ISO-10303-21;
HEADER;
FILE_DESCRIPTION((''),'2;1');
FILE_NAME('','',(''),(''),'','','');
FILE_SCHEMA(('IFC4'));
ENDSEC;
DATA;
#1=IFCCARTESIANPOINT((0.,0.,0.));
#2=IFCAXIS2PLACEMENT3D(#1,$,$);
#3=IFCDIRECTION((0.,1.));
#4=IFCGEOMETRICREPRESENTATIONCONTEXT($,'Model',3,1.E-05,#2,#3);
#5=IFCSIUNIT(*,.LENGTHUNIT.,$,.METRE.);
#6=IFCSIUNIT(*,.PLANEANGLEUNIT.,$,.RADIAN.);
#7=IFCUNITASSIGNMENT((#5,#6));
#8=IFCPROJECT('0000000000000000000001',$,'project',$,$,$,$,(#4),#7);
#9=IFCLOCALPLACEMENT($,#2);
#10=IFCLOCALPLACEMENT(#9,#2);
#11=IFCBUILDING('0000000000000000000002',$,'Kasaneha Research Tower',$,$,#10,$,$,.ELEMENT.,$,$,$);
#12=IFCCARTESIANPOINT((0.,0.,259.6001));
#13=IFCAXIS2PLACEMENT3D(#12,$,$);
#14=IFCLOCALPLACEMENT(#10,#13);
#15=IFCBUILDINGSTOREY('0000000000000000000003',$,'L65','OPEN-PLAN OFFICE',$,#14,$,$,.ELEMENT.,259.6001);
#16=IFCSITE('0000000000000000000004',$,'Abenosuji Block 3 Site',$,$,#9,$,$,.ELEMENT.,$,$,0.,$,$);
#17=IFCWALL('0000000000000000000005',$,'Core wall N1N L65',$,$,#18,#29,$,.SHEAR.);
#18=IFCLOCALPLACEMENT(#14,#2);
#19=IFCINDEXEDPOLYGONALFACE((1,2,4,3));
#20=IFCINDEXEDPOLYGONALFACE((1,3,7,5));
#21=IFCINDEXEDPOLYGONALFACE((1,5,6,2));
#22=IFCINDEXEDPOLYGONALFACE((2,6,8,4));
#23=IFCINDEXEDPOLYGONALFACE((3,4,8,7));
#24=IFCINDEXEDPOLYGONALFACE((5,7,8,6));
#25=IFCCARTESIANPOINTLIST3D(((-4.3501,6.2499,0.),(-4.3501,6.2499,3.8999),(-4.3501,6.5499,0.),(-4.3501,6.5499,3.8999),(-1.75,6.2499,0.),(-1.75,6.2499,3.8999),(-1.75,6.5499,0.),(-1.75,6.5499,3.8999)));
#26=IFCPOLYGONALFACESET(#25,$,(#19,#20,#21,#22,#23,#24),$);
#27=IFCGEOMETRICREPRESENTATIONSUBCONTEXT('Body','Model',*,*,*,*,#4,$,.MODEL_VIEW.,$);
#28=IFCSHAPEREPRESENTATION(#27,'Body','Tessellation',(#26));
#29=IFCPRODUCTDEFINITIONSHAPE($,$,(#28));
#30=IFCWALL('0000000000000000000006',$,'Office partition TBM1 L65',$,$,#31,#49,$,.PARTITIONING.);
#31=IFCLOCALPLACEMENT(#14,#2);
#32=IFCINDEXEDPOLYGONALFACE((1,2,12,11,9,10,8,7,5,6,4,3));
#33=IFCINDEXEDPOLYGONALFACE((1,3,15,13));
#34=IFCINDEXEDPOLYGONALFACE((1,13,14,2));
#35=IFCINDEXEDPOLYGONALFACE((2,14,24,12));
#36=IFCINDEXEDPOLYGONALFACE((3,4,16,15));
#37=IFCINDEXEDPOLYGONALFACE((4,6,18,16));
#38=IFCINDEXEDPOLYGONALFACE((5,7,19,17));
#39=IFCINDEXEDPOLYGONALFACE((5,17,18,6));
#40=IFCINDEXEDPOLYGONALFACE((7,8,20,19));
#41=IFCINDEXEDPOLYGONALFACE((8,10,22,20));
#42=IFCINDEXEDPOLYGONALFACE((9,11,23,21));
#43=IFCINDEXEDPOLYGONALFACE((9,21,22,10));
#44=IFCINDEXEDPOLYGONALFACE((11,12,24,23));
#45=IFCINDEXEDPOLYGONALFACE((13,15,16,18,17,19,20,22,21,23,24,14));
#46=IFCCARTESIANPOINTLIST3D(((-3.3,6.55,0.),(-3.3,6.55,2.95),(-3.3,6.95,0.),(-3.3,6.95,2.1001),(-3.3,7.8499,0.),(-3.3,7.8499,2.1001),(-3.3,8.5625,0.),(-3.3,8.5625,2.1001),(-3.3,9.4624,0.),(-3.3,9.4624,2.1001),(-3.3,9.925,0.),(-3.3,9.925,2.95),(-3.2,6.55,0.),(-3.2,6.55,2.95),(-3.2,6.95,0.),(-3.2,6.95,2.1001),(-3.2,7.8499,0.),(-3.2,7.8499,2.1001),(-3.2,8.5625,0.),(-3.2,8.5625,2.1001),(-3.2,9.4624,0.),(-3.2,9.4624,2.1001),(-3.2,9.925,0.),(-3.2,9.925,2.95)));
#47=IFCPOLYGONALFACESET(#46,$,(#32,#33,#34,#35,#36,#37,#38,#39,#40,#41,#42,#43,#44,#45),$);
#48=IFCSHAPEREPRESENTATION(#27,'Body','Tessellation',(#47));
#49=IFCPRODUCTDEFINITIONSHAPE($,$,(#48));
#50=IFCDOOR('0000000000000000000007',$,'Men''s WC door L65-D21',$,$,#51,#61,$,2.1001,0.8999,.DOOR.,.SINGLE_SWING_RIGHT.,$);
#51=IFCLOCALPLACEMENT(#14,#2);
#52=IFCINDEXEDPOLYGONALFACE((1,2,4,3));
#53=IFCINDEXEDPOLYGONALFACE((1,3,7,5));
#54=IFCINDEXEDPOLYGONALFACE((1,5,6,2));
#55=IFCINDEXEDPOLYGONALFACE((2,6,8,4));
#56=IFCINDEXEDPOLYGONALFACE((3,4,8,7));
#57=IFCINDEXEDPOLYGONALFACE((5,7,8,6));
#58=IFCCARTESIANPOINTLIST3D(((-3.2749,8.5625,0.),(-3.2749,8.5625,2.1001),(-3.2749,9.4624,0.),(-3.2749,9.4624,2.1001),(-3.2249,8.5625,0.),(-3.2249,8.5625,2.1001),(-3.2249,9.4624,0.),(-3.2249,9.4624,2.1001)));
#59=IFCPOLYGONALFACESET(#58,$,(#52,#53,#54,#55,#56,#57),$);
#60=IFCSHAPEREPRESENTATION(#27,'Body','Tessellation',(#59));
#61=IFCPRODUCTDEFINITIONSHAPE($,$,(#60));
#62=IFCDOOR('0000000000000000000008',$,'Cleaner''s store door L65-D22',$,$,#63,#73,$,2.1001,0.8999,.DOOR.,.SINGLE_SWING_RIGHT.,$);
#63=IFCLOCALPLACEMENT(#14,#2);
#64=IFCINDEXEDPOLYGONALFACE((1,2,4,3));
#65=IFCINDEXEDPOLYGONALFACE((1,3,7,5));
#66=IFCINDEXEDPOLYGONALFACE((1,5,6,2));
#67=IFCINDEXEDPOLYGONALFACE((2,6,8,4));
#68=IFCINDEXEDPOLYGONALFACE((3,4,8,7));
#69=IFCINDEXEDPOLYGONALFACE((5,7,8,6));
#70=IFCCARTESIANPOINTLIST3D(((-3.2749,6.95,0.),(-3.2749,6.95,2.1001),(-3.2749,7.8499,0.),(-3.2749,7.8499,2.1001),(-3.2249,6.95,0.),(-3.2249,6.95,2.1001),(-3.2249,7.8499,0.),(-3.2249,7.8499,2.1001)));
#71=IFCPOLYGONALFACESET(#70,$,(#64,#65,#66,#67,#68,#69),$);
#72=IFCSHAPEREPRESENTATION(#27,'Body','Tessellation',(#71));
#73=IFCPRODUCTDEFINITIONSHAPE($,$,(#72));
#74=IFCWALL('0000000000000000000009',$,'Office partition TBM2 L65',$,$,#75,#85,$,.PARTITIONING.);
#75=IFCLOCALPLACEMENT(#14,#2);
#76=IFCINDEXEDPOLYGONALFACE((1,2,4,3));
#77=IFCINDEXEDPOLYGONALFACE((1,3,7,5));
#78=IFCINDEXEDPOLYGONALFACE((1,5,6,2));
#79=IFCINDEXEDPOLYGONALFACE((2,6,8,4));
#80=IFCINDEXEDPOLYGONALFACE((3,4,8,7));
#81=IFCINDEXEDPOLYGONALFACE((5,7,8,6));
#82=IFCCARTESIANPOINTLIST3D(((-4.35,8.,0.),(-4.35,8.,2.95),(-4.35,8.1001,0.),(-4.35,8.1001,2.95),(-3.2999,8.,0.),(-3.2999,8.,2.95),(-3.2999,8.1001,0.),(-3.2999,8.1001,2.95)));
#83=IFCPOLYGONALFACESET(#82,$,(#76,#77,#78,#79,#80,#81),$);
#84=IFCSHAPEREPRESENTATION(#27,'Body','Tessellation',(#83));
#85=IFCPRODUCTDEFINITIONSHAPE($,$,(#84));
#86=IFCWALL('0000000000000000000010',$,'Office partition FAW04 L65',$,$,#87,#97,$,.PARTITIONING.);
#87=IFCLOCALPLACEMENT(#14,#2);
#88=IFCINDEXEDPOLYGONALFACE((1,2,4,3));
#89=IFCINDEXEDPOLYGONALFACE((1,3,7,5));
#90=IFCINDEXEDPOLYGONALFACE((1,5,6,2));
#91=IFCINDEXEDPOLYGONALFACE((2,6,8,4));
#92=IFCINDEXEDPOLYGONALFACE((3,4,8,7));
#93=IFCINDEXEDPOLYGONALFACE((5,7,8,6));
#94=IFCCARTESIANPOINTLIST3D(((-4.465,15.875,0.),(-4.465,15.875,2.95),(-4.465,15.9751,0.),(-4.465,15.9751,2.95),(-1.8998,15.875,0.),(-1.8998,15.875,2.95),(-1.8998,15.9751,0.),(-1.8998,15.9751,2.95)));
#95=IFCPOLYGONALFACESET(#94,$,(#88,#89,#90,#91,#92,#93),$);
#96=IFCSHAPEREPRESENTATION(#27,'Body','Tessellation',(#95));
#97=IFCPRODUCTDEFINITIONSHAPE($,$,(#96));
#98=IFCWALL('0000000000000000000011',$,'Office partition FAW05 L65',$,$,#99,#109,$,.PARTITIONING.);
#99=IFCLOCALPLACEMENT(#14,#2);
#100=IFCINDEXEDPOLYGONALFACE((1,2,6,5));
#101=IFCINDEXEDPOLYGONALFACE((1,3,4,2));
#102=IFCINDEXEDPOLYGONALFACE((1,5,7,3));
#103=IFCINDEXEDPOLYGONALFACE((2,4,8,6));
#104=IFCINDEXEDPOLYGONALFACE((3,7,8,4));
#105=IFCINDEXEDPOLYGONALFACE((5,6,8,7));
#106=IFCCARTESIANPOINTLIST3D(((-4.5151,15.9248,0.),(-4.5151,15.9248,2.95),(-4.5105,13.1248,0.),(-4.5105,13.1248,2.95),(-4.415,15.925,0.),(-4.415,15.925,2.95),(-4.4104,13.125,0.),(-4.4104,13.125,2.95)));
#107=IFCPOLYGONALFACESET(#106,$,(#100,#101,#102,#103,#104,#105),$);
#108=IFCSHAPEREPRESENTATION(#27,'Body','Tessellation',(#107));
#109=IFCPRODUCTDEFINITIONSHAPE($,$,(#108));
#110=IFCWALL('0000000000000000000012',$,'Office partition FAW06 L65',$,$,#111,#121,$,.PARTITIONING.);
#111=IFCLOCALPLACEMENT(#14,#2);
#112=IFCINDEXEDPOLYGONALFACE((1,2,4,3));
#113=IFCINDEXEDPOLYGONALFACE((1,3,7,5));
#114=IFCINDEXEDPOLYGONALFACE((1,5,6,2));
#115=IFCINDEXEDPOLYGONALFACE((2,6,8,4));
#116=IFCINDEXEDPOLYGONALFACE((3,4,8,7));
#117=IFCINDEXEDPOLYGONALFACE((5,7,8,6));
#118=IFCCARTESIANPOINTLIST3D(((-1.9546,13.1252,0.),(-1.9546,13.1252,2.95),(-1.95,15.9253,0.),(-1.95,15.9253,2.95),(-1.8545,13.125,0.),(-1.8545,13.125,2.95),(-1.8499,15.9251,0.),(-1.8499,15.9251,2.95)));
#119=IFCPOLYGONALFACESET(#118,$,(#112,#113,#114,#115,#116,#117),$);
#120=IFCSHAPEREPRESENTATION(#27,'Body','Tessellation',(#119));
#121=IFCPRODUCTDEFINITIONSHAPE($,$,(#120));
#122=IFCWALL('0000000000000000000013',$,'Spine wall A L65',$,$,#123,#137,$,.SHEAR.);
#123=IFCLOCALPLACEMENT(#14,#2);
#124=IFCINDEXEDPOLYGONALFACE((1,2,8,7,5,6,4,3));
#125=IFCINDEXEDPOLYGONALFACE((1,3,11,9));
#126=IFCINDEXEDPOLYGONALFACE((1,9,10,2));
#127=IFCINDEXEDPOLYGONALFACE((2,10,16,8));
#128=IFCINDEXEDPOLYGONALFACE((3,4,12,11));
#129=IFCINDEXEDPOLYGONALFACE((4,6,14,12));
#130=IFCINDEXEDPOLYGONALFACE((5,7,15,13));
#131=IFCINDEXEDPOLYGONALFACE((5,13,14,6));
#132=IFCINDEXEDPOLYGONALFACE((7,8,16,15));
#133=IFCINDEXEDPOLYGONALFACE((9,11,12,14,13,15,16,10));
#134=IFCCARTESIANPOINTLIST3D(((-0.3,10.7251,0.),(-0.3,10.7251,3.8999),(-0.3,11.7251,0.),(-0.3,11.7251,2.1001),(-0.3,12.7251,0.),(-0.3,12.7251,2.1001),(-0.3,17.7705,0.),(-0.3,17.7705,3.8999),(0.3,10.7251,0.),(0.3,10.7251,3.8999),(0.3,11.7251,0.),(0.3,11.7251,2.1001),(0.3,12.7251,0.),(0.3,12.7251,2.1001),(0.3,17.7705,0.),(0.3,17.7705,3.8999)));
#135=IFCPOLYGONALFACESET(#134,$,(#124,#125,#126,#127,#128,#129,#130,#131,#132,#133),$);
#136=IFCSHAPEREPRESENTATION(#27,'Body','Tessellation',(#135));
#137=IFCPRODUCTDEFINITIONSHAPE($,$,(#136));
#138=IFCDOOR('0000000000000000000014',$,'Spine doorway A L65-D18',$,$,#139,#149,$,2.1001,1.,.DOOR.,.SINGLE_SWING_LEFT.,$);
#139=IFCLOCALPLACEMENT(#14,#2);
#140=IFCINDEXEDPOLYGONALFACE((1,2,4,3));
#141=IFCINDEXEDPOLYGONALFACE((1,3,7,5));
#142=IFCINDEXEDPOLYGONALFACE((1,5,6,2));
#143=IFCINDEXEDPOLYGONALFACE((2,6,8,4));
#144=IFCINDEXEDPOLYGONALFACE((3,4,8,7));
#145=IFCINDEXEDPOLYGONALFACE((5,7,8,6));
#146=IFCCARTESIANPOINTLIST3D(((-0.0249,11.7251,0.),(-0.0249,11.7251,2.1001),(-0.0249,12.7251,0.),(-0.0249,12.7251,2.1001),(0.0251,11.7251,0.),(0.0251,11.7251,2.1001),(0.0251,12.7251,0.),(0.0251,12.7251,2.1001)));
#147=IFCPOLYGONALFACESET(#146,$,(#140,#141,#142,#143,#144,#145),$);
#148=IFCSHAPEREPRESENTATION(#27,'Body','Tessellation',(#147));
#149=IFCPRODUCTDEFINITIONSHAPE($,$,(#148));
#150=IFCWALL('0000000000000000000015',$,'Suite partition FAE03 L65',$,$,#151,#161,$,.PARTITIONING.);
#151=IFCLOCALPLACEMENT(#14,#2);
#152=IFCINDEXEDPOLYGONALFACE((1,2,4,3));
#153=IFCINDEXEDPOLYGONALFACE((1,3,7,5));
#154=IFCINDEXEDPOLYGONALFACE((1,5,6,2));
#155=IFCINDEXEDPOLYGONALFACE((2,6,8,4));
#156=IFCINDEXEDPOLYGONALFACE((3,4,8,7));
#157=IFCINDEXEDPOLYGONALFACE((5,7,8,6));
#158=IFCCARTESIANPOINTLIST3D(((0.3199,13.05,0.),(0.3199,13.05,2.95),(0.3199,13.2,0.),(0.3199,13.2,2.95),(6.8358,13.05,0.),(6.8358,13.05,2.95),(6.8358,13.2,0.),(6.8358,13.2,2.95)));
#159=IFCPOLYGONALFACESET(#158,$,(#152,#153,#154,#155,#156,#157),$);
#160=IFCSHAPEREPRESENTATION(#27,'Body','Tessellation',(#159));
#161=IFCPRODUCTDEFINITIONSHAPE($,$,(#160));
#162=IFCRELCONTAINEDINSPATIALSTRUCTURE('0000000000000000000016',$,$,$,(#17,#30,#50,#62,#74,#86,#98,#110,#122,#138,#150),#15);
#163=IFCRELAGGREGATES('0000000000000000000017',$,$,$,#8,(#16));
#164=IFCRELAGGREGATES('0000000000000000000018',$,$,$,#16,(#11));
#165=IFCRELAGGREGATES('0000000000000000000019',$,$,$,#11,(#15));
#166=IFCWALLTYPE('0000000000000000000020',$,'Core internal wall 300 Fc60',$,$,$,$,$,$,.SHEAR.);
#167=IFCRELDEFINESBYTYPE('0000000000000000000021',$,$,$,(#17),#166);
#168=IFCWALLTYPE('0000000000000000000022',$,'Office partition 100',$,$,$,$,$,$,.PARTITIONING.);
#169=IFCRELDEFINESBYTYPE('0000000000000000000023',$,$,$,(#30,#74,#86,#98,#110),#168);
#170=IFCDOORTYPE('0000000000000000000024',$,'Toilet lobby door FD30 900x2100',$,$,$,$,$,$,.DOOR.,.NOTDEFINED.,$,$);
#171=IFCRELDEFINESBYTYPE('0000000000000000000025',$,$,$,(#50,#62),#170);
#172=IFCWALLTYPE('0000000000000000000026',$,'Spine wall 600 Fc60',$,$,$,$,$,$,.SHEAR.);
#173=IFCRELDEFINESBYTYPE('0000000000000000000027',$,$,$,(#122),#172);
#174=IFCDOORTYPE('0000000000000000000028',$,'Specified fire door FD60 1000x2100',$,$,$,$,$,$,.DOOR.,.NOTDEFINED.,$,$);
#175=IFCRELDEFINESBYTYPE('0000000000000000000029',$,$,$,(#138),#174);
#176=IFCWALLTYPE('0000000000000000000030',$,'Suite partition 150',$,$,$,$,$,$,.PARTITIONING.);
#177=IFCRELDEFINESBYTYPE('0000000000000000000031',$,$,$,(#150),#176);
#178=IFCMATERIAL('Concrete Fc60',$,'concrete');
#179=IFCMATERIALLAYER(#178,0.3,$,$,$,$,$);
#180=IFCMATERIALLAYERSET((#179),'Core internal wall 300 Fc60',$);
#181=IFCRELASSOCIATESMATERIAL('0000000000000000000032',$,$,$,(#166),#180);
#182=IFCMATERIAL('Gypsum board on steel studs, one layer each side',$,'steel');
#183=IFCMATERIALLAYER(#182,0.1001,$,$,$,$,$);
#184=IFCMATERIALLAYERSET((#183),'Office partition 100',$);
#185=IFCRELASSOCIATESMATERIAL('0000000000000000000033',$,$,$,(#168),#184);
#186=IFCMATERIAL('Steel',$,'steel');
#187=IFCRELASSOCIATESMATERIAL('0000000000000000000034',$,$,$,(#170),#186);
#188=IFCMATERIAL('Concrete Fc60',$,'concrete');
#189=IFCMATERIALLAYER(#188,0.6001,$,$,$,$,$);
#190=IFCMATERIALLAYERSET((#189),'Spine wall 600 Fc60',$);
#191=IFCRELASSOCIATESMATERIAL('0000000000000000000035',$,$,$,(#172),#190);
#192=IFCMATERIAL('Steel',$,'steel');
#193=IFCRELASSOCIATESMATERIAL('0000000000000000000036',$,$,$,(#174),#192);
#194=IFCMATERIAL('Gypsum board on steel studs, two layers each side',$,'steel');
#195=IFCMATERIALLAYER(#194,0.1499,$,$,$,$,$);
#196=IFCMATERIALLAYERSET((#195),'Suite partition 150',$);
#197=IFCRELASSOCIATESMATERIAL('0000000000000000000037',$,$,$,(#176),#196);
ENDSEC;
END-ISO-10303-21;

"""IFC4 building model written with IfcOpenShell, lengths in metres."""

from ifc_helpers import new_model, si_unit, direction, frame, frame_2d, origin, place, context, subcontext, project, spatial, rectangle, extrude, material, layer, layer_set, type_object, element, fill, save


model = new_model("IFC4")

# Units and contexts
model_context = context("Model", 3, precision=1e-05, world=origin(), true_north=direction((0.0, 1.0)))
body_context = subcontext(model_context, "Body", "Model", "MODEL_VIEW")
ifc_project = project(units=[si_unit("LENGTHUNIT", "METRE"), si_unit("PLANEANGLEUNIT", "RADIAN")], contexts=[model_context])

# Site, building, storey
site_placement = place(None, origin())
site = spatial("IfcSite", under=ifc_project, at=site_placement, Name="Abenosuji Block 3 Site", CompositionType="ELEMENT", RefElevation=0.0)
building_placement = place(site_placement, origin())
building = spatial("IfcBuilding", under=site, at=building_placement, Name="Kasaneha Research Tower", CompositionType="ELEMENT")
storey_placement = place(building_placement, frame((0.0, 0.0, 259.6001)))
storey = spatial("IfcBuildingStorey", under=building, at=storey_placement, Name="L65", Description="OPEN-PLAN OFFICE", CompositionType="ELEMENT", Elevation=259.6001)

# Shared definitions
ifc_material_1 = material(Name="Concrete Fc60", Category="concrete")
ifc_layer_1 = layer(ifc_material_1, 0.3)
ifc_layer_set_1 = layer_set([ifc_layer_1], Name="Core internal wall 300 Fc60")
wall_type_1 = type_object("IfcWallType", Name="Core internal wall 300 Fc60", PredefinedType="SHEAR", material=ifc_layer_set_1)

# Wall
wall_1_placement = place(storey_placement, frame((-4.3501, 6.3999, 0.0), z_axis=(0.0, 0.0, 1.0), x_axis=(1.0, 0.0, 0.0)))
element("IfcWall", 1, at=wall_1_placement, inside=storey, type_object=wall_type_1, Name="Core wall N1N L65", PredefinedType="SHEAR", context=body_context, shape_type="SweptSolid", body=[
    extrude(rectangle(XDim=2.6001, YDim=0.3, at=frame_2d((1.3, 0.0))), origin(), (0.0, 0.0, 1.0), 3.8999),
])

# Wall, openings, doors
ifc_material_2 = material(Name="Gypsum board on steel studs, one layer each side", Category="steel")
ifc_layer_2 = layer(ifc_material_2, 0.1001)
ifc_layer_set_2 = layer_set([ifc_layer_2], Name="Office partition 100")
wall_type_2 = type_object("IfcWallType", Name="Office partition 100", PredefinedType="PARTITIONING", material=ifc_layer_set_2)
wall_2_placement = place(storey_placement, frame((-3.25, 6.55, 0.0), z_axis=(0.0, 0.0, 1.0), x_axis=(0.0, 1.0, 0.0)))
wall_2 = element("IfcWall", 2, at=wall_2_placement, inside=storey, type_object=wall_type_2, Name="Office partition TBM1 L65", PredefinedType="PARTITIONING", context=body_context, shape_type="SweptSolid", body=[
    extrude(rectangle(XDim=3.375, YDim=0.1001, at=frame_2d((1.6875, 0.0))), origin(), (0.0, 0.0, 1.0), 2.95),
])
opening_1_placement = place(wall_2_placement, frame((2.0125, 0.0, 0.0)))
opening_1 = element("IfcOpeningElement", 3, at=opening_1_placement, cuts=wall_2, PredefinedType="OPENING", context=body_context, shape_type="SweptSolid", body=[
    extrude(rectangle(XDim=0.8999, YDim=2.1001, at=frame_2d((0.45, 1.05))), frame((0.0, 0.0601, 0.0), z_axis=(0.0, -1.0, 0.0), x_axis=(1.0, 0.0, 0.0)), (0.0, 0.0, 1.0), 0.1201),
])
opening_2_placement = place(wall_2_placement, frame((0.3999, 0.0, 0.0)))
opening_2 = element("IfcOpeningElement", 4, at=opening_2_placement, cuts=wall_2, PredefinedType="OPENING", context=body_context, shape_type="SweptSolid", body=[
    extrude(rectangle(XDim=0.8999, YDim=2.1001, at=frame_2d((0.45, 1.05))), frame((0.0, 0.0601, 0.0), z_axis=(0.0, -1.0, 0.0), x_axis=(1.0, 0.0, 0.0)), (0.0, 0.0, 1.0), 0.1201),
])
ifc_material_3 = material(Name="Steel", Category="steel")
door_type_1 = type_object("IfcDoorType", Name="Toilet lobby door FD30 900x2100", OperationType="NOTDEFINED", PredefinedType="DOOR", material=ifc_material_3)
door_1_placement = place(opening_1_placement, origin())
door_1 = element("IfcDoor", 5, at=door_1_placement, inside=storey, type_object=door_type_1, Name="Men's WC door L65-D21", OperationType="SINGLE_SWING_RIGHT", OverallHeight=2.1001, OverallWidth=0.8999, PredefinedType="DOOR", context=body_context, shape_type="SweptSolid", body=[
    extrude(rectangle(XDim=0.8999, YDim=2.1001, at=frame_2d((0.45, 1.05))), frame((0.0, 0.0249, 0.0), z_axis=(0.0, -1.0, 0.0), x_axis=(1.0, 0.0, 0.0)), (0.0, 0.0, 1.0), 0.05),
])
fill(opening_1, door_1)
door_2_placement = place(opening_2_placement, origin())
door_2 = element("IfcDoor", 6, at=door_2_placement, inside=storey, type_object=door_type_1, Name="Cleaner's store door L65-D22", OperationType="SINGLE_SWING_RIGHT", OverallHeight=2.1001, OverallWidth=0.8999, PredefinedType="DOOR", context=body_context, shape_type="SweptSolid", body=[
    extrude(rectangle(XDim=0.8999, YDim=2.1001, at=frame_2d((0.45, 1.05))), frame((0.0, 0.0249, 0.0), z_axis=(0.0, -1.0, 0.0), x_axis=(1.0, 0.0, 0.0)), (0.0, 0.0, 1.0), 0.05),
])
fill(opening_2, door_2)

# Walls
wall_3_placement = place(storey_placement, frame((-3.3, 8.05, 0.0), z_axis=(0.0, 0.0, 1.0), x_axis=(-1.0, 0.0, 0.0)))
element("IfcWall", 7, at=wall_3_placement, inside=storey, type_object=wall_type_2, Name="Office partition TBM2 L65", PredefinedType="PARTITIONING", context=body_context, shape_type="SweptSolid", body=[
    extrude(rectangle(XDim=1.05, YDim=0.1001, at=frame_2d((0.5249, 0.0))), origin(), (0.0, 0.0, 1.0), 2.95),
])
wall_4_placement = place(storey_placement, frame((-4.4651, 15.925, 0.0), z_axis=(0.0, 0.0, 1.0), x_axis=(1.0, 0.0, 0.0)))
element("IfcWall", 8, at=wall_4_placement, inside=storey, type_object=wall_type_2, Name="Office partition FAW04 L65", PredefinedType="PARTITIONING", context=body_context, shape_type="SweptSolid", body=[
    extrude(rectangle(XDim=2.5652, YDim=0.1001, at=frame_2d((1.2827, 0.0))), origin(), (0.0, 0.0, 1.0), 2.95),
])
for number, where, z_axis, x_axis, name in (
    (9, (-4.4604, 13.125, 0.0), (0.0, 0.0, 1.0), (-0.001657, 0.999999, 0.0), "Office partition FAW05 L65"),
    (10, (-1.8999, 15.925, 0.0), (0.0, 0.0, 1.0), (-0.001657, -0.999999, 0.0), "Office partition FAW06 L65"),
):
    element("IfcWall", number, at=place(storey_placement, frame(where, z_axis=z_axis, x_axis=x_axis)), inside=storey, type_object=wall_type_2, Name=name, PredefinedType="PARTITIONING", context=body_context, shape_type="SweptSolid", body=[
        extrude(rectangle(XDim=2.8, YDim=0.1001, at=frame_2d((1.3999, 0.0))), origin(), (0.0, 0.0, 1.0), 2.95),
    ])

# Wall, opening, door
ifc_material_4 = material(Name="Concrete Fc60", Category="concrete")
ifc_layer_3 = layer(ifc_material_4, 0.6001)
ifc_layer_set_3 = layer_set([ifc_layer_3], Name="Spine wall 600 Fc60")
wall_type_3 = type_object("IfcWallType", Name="Spine wall 600 Fc60", PredefinedType="SHEAR", material=ifc_layer_set_3)
wall_5_placement = place(storey_placement, frame((0.0, 10.7251, 0.0), z_axis=(0.0, 0.0, 1.0), x_axis=(0.0, 1.0, 0.0)))
wall_5 = element("IfcWall", 11, at=wall_5_placement, inside=storey, type_object=wall_type_3, Name="Spine wall A L65", PredefinedType="SHEAR", context=body_context, shape_type="SweptSolid", body=[
    extrude(rectangle(XDim=7.0454, YDim=0.6001, at=frame_2d((3.5227, 0.0))), origin(), (0.0, 0.0, 1.0), 3.8999),
])
opening_3_placement = place(wall_5_placement, frame((1.0, 0.0, 0.0)))
opening_3 = element("IfcOpeningElement", 12, at=opening_3_placement, cuts=wall_5, PredefinedType="OPENING", context=body_context, shape_type="SweptSolid", body=[
    extrude(rectangle(XDim=1.0, YDim=2.1001, at=frame_2d((0.5, 1.05))), frame((0.0, 0.3101, 0.0), z_axis=(0.0, -1.0, 0.0), x_axis=(1.0, 0.0, 0.0)), (0.0, 0.0, 1.0), 0.6201),
])
ifc_material_5 = material(Name="Steel", Category="steel")
door_type_2 = type_object("IfcDoorType", Name="Specified fire door FD60 1000x2100", OperationType="NOTDEFINED", PredefinedType="DOOR", material=ifc_material_5)
door_3_placement = place(opening_3_placement, origin())
door_3 = element("IfcDoor", 13, at=door_3_placement, inside=storey, type_object=door_type_2, Name="Spine doorway A L65-D18", OperationType="SINGLE_SWING_LEFT", OverallHeight=2.1001, OverallWidth=1.0, PredefinedType="DOOR", context=body_context, shape_type="SweptSolid", body=[
    extrude(rectangle(XDim=1.0, YDim=2.1001, at=frame_2d((0.5, 1.05))), frame((0.0, 0.0249, 0.0), z_axis=(0.0, -1.0, 0.0), x_axis=(1.0, 0.0, 0.0)), (0.0, 0.0, 1.0), 0.05),
])
fill(opening_3, door_3)

# Wall
ifc_material_6 = material(Name="Gypsum board on steel studs, two layers each side", Category="steel")
ifc_layer_4 = layer(ifc_material_6, 0.1499)
ifc_layer_set_4 = layer_set([ifc_layer_4], Name="Suite partition 150")
wall_type_4 = type_object("IfcWallType", Name="Suite partition 150", PredefinedType="PARTITIONING", material=ifc_layer_set_4)
wall_6_placement = place(storey_placement, frame((0.3201, 13.125, 0.0), z_axis=(0.0, 0.0, 1.0), x_axis=(1.0, 0.0, 0.0)))
element("IfcWall", 14, at=wall_6_placement, inside=storey, type_object=wall_type_4, Name="Suite partition FAE03 L65", PredefinedType="PARTITIONING", context=body_context, shape_type="SweptSolid", body=[
    extrude(rectangle(XDim=6.5159, YDim=0.1499, at=frame_2d((3.2578, 0.0))), origin(), (0.0, 0.0, 1.0), 2.95),
])

save(model, "model.ifc")
